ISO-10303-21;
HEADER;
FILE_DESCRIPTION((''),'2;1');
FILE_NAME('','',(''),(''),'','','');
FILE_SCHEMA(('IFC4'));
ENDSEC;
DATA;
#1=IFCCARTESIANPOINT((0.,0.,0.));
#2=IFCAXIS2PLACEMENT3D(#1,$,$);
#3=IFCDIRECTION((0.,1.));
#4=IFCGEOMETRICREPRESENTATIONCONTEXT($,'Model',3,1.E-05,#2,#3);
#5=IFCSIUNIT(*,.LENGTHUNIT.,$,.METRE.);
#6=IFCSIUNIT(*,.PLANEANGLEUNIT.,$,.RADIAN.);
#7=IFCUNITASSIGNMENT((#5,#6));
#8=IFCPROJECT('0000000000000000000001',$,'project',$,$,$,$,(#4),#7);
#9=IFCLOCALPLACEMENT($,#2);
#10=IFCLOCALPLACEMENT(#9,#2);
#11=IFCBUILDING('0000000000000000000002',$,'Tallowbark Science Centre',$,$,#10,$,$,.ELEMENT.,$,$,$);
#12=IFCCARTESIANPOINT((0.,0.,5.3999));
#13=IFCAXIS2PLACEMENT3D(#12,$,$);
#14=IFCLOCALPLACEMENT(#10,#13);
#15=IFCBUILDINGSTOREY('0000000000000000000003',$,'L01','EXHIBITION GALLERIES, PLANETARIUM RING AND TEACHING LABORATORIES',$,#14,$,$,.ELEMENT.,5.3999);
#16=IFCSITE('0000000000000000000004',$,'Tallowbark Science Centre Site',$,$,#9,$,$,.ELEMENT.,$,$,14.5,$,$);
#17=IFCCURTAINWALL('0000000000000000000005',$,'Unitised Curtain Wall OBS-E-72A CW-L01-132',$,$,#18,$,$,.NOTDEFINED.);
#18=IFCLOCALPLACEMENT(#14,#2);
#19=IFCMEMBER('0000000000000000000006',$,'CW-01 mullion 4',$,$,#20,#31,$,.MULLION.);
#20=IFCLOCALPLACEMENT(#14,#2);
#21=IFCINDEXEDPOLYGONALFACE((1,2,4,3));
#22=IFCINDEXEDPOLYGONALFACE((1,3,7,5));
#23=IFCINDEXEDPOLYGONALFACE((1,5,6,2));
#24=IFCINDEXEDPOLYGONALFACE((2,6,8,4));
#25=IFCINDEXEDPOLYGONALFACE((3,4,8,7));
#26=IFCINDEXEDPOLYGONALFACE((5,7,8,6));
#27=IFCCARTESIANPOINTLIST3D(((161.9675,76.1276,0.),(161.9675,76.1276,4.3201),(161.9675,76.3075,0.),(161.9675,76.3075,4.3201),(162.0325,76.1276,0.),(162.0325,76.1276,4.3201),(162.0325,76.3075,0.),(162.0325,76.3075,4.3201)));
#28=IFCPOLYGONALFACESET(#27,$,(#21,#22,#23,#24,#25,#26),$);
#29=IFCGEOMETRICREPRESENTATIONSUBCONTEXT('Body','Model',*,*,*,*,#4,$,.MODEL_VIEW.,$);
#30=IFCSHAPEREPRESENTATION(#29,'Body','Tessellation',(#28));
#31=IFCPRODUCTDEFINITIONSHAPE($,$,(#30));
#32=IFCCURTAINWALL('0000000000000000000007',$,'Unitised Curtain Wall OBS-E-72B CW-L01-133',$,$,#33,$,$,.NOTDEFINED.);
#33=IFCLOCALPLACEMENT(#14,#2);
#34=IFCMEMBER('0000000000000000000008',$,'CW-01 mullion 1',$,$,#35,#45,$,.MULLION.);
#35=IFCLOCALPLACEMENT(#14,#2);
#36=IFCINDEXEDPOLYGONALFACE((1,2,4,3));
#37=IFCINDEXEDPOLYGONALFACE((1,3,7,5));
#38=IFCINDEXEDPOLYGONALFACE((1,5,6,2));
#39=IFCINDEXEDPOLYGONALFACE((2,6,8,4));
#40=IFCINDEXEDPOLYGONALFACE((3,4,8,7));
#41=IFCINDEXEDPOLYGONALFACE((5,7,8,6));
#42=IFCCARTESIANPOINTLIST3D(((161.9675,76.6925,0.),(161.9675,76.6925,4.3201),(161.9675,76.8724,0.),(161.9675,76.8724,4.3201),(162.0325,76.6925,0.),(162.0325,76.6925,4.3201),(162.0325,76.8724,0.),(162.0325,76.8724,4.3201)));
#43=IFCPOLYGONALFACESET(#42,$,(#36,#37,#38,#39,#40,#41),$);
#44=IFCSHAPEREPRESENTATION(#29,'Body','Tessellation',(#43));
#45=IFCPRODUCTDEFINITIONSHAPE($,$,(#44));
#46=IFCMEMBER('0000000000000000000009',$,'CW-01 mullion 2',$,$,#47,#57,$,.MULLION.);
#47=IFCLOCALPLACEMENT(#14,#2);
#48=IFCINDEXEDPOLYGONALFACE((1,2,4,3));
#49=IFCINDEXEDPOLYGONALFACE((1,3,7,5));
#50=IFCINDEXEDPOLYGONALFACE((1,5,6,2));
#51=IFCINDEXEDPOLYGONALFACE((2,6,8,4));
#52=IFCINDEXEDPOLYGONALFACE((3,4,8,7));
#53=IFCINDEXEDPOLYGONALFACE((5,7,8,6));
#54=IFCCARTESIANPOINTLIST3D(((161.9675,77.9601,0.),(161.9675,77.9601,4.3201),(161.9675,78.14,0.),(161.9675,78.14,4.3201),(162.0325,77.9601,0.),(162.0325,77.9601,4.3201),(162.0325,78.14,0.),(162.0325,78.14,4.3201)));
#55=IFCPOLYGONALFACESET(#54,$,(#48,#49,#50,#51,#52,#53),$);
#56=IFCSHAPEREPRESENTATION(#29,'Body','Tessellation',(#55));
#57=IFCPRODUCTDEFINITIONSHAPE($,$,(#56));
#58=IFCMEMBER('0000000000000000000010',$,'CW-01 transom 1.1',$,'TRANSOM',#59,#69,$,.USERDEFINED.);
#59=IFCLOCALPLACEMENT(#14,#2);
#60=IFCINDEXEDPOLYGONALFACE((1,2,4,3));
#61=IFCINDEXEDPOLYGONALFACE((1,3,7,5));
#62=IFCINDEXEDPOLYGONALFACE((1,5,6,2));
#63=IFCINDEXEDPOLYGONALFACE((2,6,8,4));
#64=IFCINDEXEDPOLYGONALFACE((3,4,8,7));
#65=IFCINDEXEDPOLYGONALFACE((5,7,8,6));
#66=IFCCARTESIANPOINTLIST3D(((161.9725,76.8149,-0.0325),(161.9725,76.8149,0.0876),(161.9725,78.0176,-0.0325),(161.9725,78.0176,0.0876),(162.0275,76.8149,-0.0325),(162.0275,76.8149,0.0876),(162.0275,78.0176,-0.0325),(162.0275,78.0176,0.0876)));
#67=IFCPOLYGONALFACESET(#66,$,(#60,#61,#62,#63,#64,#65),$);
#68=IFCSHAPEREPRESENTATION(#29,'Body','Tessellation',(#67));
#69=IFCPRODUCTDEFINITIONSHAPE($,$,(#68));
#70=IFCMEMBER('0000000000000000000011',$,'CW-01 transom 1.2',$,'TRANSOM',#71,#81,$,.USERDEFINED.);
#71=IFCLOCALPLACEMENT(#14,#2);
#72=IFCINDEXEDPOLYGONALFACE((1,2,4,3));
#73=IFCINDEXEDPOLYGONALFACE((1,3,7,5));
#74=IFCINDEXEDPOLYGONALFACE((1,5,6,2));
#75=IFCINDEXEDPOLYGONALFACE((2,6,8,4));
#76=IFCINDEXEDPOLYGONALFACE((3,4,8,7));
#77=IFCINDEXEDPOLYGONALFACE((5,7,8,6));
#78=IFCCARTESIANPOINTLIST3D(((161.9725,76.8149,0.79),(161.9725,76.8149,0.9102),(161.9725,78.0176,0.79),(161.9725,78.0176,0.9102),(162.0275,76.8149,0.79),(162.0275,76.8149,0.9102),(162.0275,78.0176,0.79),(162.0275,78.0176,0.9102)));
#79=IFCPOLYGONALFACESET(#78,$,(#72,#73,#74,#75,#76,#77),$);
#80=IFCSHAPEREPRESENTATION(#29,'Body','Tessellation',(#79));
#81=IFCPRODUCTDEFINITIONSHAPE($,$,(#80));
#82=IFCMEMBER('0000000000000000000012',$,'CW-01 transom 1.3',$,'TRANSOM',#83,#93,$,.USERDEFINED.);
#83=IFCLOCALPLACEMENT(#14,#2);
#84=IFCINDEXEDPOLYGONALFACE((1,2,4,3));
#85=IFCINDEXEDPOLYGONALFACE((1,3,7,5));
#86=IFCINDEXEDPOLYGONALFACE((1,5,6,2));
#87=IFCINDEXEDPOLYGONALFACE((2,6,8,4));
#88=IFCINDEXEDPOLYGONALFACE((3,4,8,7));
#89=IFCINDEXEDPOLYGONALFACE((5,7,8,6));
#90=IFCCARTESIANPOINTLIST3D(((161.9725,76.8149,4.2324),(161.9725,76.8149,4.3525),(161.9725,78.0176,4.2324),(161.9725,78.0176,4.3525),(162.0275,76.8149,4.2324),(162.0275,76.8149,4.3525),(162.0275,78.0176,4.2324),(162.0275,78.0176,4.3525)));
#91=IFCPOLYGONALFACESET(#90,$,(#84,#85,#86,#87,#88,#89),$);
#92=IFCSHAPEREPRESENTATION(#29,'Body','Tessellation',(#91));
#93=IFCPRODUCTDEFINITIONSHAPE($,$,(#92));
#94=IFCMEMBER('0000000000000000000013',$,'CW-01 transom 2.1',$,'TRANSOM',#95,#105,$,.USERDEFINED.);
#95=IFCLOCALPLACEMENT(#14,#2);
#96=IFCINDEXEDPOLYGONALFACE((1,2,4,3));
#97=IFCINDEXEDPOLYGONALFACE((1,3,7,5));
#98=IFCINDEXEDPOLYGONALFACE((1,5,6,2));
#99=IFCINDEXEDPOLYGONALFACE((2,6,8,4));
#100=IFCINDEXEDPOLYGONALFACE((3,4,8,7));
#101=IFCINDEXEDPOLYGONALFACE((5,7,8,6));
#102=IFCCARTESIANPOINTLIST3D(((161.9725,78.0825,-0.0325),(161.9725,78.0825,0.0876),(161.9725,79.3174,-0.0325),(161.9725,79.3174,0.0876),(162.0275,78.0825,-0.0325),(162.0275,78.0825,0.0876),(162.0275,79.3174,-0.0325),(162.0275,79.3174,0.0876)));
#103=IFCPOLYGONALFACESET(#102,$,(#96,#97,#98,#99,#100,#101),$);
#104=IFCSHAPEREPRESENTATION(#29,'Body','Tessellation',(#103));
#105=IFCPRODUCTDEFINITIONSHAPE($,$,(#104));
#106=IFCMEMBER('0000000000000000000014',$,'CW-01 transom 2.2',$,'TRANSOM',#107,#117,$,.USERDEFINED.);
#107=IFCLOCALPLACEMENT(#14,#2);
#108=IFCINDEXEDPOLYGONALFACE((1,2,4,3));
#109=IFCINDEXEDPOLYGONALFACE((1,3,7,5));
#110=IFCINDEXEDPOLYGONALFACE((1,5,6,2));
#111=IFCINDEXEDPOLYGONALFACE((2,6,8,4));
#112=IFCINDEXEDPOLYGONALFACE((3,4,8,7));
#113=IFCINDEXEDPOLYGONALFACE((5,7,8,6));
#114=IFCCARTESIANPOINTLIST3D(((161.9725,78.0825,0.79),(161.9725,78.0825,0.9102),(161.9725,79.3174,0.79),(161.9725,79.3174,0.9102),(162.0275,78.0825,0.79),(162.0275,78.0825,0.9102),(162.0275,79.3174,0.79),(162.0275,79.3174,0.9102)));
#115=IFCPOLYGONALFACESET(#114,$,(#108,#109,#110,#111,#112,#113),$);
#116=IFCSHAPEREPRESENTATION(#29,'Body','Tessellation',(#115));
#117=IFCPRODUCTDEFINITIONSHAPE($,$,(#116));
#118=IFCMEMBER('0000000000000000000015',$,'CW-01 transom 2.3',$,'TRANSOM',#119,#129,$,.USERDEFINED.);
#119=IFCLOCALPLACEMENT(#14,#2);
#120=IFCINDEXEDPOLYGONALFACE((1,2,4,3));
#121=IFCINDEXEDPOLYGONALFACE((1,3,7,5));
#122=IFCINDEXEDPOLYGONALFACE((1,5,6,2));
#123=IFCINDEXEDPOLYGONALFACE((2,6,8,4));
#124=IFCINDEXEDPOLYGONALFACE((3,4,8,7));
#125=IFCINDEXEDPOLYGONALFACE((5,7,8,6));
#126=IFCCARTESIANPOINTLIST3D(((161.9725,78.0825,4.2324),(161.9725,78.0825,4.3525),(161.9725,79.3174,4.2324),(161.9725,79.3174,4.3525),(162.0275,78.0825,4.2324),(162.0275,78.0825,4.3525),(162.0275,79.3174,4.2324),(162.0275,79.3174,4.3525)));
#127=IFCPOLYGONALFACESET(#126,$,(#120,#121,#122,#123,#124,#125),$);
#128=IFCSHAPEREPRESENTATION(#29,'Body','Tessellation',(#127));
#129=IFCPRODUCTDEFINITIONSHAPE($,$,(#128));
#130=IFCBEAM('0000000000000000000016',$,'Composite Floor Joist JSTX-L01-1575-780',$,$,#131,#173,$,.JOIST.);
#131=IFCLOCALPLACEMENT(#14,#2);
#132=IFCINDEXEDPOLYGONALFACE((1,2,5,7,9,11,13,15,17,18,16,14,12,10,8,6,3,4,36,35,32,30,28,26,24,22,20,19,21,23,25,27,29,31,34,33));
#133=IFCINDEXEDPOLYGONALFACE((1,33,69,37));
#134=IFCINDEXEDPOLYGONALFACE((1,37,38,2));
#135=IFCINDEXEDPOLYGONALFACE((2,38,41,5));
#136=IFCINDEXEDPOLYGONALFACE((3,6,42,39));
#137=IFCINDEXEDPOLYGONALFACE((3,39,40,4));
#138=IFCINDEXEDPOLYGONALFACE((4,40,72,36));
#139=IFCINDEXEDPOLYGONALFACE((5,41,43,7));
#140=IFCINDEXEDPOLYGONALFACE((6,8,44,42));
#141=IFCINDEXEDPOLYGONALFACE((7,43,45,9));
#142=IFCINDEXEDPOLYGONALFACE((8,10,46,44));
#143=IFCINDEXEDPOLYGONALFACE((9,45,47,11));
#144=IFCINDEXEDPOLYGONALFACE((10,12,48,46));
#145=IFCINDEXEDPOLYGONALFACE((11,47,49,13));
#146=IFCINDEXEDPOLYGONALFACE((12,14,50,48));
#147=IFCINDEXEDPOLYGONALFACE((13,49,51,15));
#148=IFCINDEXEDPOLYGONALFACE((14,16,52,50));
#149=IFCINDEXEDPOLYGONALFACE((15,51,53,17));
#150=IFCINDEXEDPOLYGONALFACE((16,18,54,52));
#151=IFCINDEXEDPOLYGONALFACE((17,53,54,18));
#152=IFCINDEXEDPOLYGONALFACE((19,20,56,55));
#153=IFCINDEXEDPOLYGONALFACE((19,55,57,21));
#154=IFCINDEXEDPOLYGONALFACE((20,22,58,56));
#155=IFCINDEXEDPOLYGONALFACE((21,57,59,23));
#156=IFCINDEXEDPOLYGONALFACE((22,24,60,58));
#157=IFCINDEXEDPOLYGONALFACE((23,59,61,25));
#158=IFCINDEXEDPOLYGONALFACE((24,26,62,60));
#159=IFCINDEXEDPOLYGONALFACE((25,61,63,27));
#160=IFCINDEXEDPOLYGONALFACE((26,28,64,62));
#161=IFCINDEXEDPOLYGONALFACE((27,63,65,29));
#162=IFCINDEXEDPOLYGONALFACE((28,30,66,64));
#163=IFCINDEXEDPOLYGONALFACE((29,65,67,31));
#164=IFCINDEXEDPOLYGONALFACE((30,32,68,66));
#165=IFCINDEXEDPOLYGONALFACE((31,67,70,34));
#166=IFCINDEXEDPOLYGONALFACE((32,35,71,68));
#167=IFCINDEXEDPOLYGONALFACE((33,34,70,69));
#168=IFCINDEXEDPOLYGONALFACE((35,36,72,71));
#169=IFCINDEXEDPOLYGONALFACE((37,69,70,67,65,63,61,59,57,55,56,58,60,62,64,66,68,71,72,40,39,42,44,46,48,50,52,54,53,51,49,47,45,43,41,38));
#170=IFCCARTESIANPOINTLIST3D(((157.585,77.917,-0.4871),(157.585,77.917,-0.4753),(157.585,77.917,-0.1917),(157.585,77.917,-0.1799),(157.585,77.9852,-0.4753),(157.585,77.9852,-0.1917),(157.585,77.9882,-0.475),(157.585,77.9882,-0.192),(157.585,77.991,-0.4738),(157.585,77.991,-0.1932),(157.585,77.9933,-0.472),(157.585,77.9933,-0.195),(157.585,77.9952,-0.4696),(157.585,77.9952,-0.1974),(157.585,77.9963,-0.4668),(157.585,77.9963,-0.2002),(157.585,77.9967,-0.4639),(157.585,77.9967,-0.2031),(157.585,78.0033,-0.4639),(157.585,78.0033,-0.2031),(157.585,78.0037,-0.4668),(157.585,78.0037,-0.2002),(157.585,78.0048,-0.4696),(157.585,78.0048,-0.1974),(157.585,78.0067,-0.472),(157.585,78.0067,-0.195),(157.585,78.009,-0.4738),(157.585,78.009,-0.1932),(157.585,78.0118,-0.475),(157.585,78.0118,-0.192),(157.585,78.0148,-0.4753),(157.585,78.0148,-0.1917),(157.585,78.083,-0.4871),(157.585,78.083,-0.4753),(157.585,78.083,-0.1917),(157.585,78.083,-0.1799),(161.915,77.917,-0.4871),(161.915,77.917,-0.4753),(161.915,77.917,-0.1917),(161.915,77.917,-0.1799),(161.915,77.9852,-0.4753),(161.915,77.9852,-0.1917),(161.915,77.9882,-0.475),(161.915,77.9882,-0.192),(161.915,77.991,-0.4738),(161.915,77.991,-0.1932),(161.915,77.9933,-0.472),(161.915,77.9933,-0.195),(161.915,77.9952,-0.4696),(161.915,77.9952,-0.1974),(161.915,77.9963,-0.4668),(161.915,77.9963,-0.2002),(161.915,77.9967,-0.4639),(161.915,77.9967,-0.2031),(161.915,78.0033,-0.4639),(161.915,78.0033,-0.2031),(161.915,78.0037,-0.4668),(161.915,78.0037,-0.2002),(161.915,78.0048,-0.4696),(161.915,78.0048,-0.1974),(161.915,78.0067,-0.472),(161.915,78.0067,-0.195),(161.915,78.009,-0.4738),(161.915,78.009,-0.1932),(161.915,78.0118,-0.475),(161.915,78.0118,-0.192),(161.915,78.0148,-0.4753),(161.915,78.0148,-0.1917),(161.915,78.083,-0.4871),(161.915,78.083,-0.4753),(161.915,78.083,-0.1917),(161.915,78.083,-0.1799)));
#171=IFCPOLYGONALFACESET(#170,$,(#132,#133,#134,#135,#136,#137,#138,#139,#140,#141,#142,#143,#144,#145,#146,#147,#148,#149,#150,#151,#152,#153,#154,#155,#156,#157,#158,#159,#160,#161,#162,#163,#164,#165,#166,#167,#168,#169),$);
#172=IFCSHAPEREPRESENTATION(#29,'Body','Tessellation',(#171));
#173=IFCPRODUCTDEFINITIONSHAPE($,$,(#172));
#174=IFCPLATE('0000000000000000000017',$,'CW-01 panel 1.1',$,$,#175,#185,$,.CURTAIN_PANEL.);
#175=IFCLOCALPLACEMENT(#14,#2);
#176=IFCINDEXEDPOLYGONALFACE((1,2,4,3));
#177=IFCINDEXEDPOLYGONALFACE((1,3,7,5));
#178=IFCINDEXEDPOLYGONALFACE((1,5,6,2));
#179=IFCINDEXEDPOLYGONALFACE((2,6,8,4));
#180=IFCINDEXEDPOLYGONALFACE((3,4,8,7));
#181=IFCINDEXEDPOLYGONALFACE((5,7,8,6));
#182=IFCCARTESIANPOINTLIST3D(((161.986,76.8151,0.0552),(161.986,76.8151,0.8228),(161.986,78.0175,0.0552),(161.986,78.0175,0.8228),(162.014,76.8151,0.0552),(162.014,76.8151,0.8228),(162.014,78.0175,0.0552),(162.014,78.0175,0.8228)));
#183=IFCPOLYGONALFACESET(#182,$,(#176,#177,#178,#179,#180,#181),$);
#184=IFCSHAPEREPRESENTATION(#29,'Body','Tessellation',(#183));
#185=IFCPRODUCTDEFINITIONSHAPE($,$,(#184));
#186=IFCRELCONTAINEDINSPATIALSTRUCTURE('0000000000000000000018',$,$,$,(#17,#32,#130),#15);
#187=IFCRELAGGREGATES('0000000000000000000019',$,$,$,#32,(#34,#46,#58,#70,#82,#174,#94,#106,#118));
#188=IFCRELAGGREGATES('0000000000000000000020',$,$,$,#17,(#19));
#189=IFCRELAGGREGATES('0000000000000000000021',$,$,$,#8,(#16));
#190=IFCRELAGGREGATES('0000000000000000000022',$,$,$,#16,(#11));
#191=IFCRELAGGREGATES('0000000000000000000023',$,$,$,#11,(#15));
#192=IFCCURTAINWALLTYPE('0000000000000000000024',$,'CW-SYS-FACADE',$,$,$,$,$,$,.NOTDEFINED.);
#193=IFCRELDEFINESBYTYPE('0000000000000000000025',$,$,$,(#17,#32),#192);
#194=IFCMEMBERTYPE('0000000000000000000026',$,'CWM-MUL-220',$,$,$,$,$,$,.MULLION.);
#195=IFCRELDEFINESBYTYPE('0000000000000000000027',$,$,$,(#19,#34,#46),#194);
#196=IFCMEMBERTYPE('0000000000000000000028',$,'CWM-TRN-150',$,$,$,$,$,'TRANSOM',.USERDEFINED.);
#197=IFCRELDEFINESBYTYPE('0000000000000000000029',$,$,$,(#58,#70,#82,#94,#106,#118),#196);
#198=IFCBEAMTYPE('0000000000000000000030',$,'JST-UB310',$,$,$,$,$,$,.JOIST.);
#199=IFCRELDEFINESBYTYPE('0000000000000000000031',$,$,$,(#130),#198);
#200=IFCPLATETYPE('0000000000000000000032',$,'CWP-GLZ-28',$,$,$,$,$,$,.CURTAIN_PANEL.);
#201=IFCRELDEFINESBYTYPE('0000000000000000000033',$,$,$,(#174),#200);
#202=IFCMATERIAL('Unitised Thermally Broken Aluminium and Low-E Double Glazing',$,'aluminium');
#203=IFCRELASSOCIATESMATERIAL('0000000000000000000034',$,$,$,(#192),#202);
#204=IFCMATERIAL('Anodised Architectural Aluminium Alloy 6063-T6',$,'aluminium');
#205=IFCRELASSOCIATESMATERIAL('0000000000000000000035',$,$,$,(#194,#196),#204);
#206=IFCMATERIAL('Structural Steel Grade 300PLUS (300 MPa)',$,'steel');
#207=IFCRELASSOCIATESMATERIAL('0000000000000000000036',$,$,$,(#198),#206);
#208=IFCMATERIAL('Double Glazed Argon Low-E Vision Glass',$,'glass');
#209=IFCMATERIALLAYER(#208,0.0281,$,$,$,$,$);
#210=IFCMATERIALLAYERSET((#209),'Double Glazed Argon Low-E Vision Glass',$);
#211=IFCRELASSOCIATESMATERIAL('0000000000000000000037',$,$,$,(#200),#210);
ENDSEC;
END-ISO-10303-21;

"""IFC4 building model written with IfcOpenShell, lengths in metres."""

from ifc_helpers import new_model, si_unit, direction, frame, origin, origin_2d, place, context, subcontext, project, spatial, rectangle, i_section, extrude, material, layer, layer_set, material_profile, profile_set, type_object, element, aggregate, save


model = new_model("IFC4")

# Units and contexts
model_context = context("Model", 3, precision=1e-05, world=origin(), true_north=direction((0.0, 1.0)))
body_context = subcontext(model_context, "Body", "Model", "MODEL_VIEW")
ifc_project = project(units=[si_unit("LENGTHUNIT", "METRE"), si_unit("PLANEANGLEUNIT", "RADIAN")], contexts=[model_context])

# Site, building, storey
site_placement = place(None, origin())
site = spatial("IfcSite", under=ifc_project, at=site_placement, Name="Tallowbark Science Centre Site", CompositionType="ELEMENT", RefElevation=14.5)
building_placement = place(site_placement, origin())
building = spatial("IfcBuilding", under=site, at=building_placement, Name="Tallowbark Science Centre", CompositionType="ELEMENT")
storey_placement = place(building_placement, frame((0.0, 0.0, 5.3999)))
storey = spatial("IfcBuildingStorey", under=building, at=storey_placement, Name="L01", Description="EXHIBITION GALLERIES, PLANETARIUM RING AND TEACHING LABORATORIES", CompositionType="ELEMENT", Elevation=5.3999)

# Curtain wall, member
ifc_material_1 = material(Name="Unitised Thermally Broken Aluminium and Low-E Double Glazing", Category="aluminium")
curtain_wall_type = type_object("IfcCurtainWallType", Name="CW-SYS-FACADE", PredefinedType="NOTDEFINED", material=ifc_material_1)
curtain_wall_1_placement = place(storey_placement, origin())
curtain_wall_1 = element("IfcCurtainWall", 1, at=curtain_wall_1_placement, inside=storey, type_object=curtain_wall_type, Name="Unitised Curtain Wall OBS-E-72A CW-L01-132", PredefinedType="NOTDEFINED")
ifc_material_2 = material(Name="Anodised Architectural Aluminium Alloy 6063-T6", Category="aluminium")
ifc_material_profile_1 = material_profile(ifc_material_2, rectangle(XDim=0.0649, YDim=0.1799, at=origin_2d()), Name="ALU65x180")
ifc_profile_set_1 = profile_set([ifc_material_profile_1], Name="Anodised Architectural Aluminium Alloy 6063-T6")
member_type_1 = type_object("IfcMemberType", Name="CWM-MUL-220", PredefinedType="MULLION", material=ifc_profile_set_1)
member_1_placement = place(storey_placement, frame((162.0, 76.2175, 0.0), z_axis=(0.0, 0.0, 1.0), x_axis=(-1.0, 0.0, 0.0)))
member_1 = element("IfcMember", 2, at=member_1_placement, type_object=member_type_1, Name="CW-01 mullion 4", PredefinedType="MULLION", context=body_context, shape_type="SweptSolid", body=[
    extrude(rectangle(XDim=0.0649, YDim=0.1799, at=origin_2d()), origin(), (0.0, 0.0, 1.0), 4.3201),
])

# Curtain wall, members
curtain_wall_2_placement = place(storey_placement, origin())
curtain_wall_2 = element("IfcCurtainWall", 3, at=curtain_wall_2_placement, inside=storey, type_object=curtain_wall_type, Name="Unitised Curtain Wall OBS-E-72B CW-L01-133", PredefinedType="NOTDEFINED")
member_2_placement = place(storey_placement, frame((162.0, 76.7825, 0.0), z_axis=(0.0, 0.0, 1.0), x_axis=(-1.0, 0.0, 0.0)))
member_2 = element("IfcMember", 4, at=member_2_placement, type_object=member_type_1, Name="CW-01 mullion 1", PredefinedType="MULLION", context=body_context, shape_type="SweptSolid", body=[
    extrude(rectangle(XDim=0.0649, YDim=0.1799, at=origin_2d()), origin(), (0.0, 0.0, 1.0), 4.3201),
])
member_3_placement = place(storey_placement, frame((162.0, 78.05, 0.0), z_axis=(0.0, 0.0, 1.0), x_axis=(-1.0, 0.0, 0.0)))
member_3 = element("IfcMember", 5, at=member_3_placement, type_object=member_type_1, Name="CW-01 mullion 2", PredefinedType="MULLION", context=body_context, shape_type="SweptSolid", body=[
    extrude(rectangle(XDim=0.0649, YDim=0.1799, at=origin_2d()), origin(), (0.0, 0.0, 1.0), 4.3201),
])
ifc_material_profile_2 = material_profile(ifc_material_2, rectangle(XDim=0.0549, YDim=0.1201, at=origin_2d()), Name="ALU55x120")
ifc_profile_set_2 = profile_set([ifc_material_profile_2], Name="Anodised Architectural Aluminium Alloy 6063-T6")
member_type_2 = type_object("IfcMemberType", Name="CWM-TRN-150", ElementType="TRANSOM", PredefinedType="USERDEFINED", material=ifc_profile_set_2)
member_4_placement = place(storey_placement, frame((162.0, 76.8149, 0.0276), z_axis=(0.0, 1.0, 0.0), x_axis=(-1.0, 0.0, 0.0)))
member_4 = element("IfcMember", 6, at=member_4_placement, type_object=member_type_2, Name="CW-01 transom 1.1", ObjectType="TRANSOM", PredefinedType="USERDEFINED", context=body_context, shape_type="SweptSolid", body=[
    extrude(rectangle(XDim=0.0549, YDim=0.1201, at=origin_2d()), origin(), (0.0, 0.0, 1.0), 1.2026),
])
member_5_placement = place(storey_placement, frame((162.0, 76.8149, 0.8501), z_axis=(0.0, 1.0, 0.0), x_axis=(-1.0, 0.0, 0.0)))
member_5 = element("IfcMember", 7, at=member_5_placement, type_object=member_type_2, Name="CW-01 transom 1.2", ObjectType="TRANSOM", PredefinedType="USERDEFINED", context=body_context, shape_type="SweptSolid", body=[
    extrude(rectangle(XDim=0.0549, YDim=0.1201, at=origin_2d()), origin(), (0.0, 0.0, 1.0), 1.2026),
])
member_6_placement = place(storey_placement, frame((162.0, 76.8149, 4.2925), z_axis=(0.0, 1.0, 0.0), x_axis=(-1.0, 0.0, 0.0)))
member_6 = element("IfcMember", 8, at=member_6_placement, type_object=member_type_2, Name="CW-01 transom 1.3", ObjectType="TRANSOM", PredefinedType="USERDEFINED", context=body_context, shape_type="SweptSolid", body=[
    extrude(rectangle(XDim=0.0549, YDim=0.1201, at=origin_2d()), origin(), (0.0, 0.0, 1.0), 1.2026),
])
member_7_placement = place(storey_placement, frame((162.0, 78.0825, 0.0276), z_axis=(0.0, 1.0, 0.0), x_axis=(-1.0, 0.0, 0.0)))
member_7 = element("IfcMember", 9, at=member_7_placement, type_object=member_type_2, Name="CW-01 transom 2.1", ObjectType="TRANSOM", PredefinedType="USERDEFINED", context=body_context, shape_type="SweptSolid", body=[
    extrude(rectangle(XDim=0.0549, YDim=0.1201, at=origin_2d()), origin(), (0.0, 0.0, 1.0), 1.2349),
])
member_8_placement = place(storey_placement, frame((162.0, 78.0825, 0.8501), z_axis=(0.0, 1.0, 0.0), x_axis=(-1.0, 0.0, 0.0)))
member_8 = element("IfcMember", 10, at=member_8_placement, type_object=member_type_2, Name="CW-01 transom 2.2", ObjectType="TRANSOM", PredefinedType="USERDEFINED", context=body_context, shape_type="SweptSolid", body=[
    extrude(rectangle(XDim=0.0549, YDim=0.1201, at=origin_2d()), origin(), (0.0, 0.0, 1.0), 1.2349),
])
member_9_placement = place(storey_placement, frame((162.0, 78.0825, 4.2925), z_axis=(0.0, 1.0, 0.0), x_axis=(-1.0, 0.0, 0.0)))
member_9 = element("IfcMember", 11, at=member_9_placement, type_object=member_type_2, Name="CW-01 transom 2.3", ObjectType="TRANSOM", PredefinedType="USERDEFINED", context=body_context, shape_type="SweptSolid", body=[
    extrude(rectangle(XDim=0.0549, YDim=0.1201, at=origin_2d()), origin(), (0.0, 0.0, 1.0), 1.2349),
])

# Beam
ifc_material_3 = material(Name="Structural Steel Grade 300PLUS (300 MPa)", Category="steel")
ifc_material_profile_3 = material_profile(ifc_material_3, i_section(OverallWidth=0.166, OverallDepth=0.3071, WebThickness=0.0066, FlangeThickness=0.0117, FilletRadius=0.0115, at=origin_2d()), Name="310UB46.2")
ifc_profile_set_3 = profile_set([ifc_material_profile_3], Name="Structural Steel Grade 300PLUS (300 MPa)")
beam_type = type_object("IfcBeamType", Name="JST-UB310", PredefinedType="JOIST", material=ifc_profile_set_3)
beam_placement = place(storey_placement, frame((157.585, 78.0, -0.3335), z_axis=(1.0, 0.0, 0.0), x_axis=(0.0, 1.0, 0.0)))
element("IfcBeam", 12, at=beam_placement, inside=storey, type_object=beam_type, Name="Composite Floor Joist JSTX-L01-1575-780", PredefinedType="JOIST", context=body_context, shape_type="SweptSolid", body=[
    extrude(i_section(OverallWidth=0.166, OverallDepth=0.3071, WebThickness=0.0066, FlangeThickness=0.0117, FilletRadius=0.0115, at=origin_2d()), origin(), (0.0, 0.0, 1.0), 4.3301),
])

# Plate
ifc_material_4 = material(Name="Double Glazed Argon Low-E Vision Glass", Category="glass")
ifc_layer_1 = layer(ifc_material_4, 0.0281)
ifc_layer_set_1 = layer_set([ifc_layer_1], Name="Double Glazed Argon Low-E Vision Glass")
plate_type_1 = type_object("IfcPlateType", Name="CWP-GLZ-28", PredefinedType="CURTAIN_PANEL", material=ifc_layer_set_1)
plate_1_placement = place(storey_placement, frame((162.0, 77.4163, 0.0552), z_axis=(0.0, 0.0, 1.0), x_axis=(0.0, 1.0, 0.0)))
plate_1 = element("IfcPlate", 13, at=plate_1_placement, type_object=plate_type_1, Name="CW-01 panel 1.1", PredefinedType="CURTAIN_PANEL", context=body_context, shape_type="SweptSolid", body=[
    extrude(rectangle(XDim=1.2024, YDim=0.0281, at=origin_2d()), origin(), (0.0, 0.0, 1.0), 0.7676),
])
aggregate(curtain_wall_2, [member_2, member_3, member_4, member_5, member_6, plate_1, member_7, member_8, member_9])
aggregate(curtain_wall_1, [member_1])

save(model, "model.ifc")
